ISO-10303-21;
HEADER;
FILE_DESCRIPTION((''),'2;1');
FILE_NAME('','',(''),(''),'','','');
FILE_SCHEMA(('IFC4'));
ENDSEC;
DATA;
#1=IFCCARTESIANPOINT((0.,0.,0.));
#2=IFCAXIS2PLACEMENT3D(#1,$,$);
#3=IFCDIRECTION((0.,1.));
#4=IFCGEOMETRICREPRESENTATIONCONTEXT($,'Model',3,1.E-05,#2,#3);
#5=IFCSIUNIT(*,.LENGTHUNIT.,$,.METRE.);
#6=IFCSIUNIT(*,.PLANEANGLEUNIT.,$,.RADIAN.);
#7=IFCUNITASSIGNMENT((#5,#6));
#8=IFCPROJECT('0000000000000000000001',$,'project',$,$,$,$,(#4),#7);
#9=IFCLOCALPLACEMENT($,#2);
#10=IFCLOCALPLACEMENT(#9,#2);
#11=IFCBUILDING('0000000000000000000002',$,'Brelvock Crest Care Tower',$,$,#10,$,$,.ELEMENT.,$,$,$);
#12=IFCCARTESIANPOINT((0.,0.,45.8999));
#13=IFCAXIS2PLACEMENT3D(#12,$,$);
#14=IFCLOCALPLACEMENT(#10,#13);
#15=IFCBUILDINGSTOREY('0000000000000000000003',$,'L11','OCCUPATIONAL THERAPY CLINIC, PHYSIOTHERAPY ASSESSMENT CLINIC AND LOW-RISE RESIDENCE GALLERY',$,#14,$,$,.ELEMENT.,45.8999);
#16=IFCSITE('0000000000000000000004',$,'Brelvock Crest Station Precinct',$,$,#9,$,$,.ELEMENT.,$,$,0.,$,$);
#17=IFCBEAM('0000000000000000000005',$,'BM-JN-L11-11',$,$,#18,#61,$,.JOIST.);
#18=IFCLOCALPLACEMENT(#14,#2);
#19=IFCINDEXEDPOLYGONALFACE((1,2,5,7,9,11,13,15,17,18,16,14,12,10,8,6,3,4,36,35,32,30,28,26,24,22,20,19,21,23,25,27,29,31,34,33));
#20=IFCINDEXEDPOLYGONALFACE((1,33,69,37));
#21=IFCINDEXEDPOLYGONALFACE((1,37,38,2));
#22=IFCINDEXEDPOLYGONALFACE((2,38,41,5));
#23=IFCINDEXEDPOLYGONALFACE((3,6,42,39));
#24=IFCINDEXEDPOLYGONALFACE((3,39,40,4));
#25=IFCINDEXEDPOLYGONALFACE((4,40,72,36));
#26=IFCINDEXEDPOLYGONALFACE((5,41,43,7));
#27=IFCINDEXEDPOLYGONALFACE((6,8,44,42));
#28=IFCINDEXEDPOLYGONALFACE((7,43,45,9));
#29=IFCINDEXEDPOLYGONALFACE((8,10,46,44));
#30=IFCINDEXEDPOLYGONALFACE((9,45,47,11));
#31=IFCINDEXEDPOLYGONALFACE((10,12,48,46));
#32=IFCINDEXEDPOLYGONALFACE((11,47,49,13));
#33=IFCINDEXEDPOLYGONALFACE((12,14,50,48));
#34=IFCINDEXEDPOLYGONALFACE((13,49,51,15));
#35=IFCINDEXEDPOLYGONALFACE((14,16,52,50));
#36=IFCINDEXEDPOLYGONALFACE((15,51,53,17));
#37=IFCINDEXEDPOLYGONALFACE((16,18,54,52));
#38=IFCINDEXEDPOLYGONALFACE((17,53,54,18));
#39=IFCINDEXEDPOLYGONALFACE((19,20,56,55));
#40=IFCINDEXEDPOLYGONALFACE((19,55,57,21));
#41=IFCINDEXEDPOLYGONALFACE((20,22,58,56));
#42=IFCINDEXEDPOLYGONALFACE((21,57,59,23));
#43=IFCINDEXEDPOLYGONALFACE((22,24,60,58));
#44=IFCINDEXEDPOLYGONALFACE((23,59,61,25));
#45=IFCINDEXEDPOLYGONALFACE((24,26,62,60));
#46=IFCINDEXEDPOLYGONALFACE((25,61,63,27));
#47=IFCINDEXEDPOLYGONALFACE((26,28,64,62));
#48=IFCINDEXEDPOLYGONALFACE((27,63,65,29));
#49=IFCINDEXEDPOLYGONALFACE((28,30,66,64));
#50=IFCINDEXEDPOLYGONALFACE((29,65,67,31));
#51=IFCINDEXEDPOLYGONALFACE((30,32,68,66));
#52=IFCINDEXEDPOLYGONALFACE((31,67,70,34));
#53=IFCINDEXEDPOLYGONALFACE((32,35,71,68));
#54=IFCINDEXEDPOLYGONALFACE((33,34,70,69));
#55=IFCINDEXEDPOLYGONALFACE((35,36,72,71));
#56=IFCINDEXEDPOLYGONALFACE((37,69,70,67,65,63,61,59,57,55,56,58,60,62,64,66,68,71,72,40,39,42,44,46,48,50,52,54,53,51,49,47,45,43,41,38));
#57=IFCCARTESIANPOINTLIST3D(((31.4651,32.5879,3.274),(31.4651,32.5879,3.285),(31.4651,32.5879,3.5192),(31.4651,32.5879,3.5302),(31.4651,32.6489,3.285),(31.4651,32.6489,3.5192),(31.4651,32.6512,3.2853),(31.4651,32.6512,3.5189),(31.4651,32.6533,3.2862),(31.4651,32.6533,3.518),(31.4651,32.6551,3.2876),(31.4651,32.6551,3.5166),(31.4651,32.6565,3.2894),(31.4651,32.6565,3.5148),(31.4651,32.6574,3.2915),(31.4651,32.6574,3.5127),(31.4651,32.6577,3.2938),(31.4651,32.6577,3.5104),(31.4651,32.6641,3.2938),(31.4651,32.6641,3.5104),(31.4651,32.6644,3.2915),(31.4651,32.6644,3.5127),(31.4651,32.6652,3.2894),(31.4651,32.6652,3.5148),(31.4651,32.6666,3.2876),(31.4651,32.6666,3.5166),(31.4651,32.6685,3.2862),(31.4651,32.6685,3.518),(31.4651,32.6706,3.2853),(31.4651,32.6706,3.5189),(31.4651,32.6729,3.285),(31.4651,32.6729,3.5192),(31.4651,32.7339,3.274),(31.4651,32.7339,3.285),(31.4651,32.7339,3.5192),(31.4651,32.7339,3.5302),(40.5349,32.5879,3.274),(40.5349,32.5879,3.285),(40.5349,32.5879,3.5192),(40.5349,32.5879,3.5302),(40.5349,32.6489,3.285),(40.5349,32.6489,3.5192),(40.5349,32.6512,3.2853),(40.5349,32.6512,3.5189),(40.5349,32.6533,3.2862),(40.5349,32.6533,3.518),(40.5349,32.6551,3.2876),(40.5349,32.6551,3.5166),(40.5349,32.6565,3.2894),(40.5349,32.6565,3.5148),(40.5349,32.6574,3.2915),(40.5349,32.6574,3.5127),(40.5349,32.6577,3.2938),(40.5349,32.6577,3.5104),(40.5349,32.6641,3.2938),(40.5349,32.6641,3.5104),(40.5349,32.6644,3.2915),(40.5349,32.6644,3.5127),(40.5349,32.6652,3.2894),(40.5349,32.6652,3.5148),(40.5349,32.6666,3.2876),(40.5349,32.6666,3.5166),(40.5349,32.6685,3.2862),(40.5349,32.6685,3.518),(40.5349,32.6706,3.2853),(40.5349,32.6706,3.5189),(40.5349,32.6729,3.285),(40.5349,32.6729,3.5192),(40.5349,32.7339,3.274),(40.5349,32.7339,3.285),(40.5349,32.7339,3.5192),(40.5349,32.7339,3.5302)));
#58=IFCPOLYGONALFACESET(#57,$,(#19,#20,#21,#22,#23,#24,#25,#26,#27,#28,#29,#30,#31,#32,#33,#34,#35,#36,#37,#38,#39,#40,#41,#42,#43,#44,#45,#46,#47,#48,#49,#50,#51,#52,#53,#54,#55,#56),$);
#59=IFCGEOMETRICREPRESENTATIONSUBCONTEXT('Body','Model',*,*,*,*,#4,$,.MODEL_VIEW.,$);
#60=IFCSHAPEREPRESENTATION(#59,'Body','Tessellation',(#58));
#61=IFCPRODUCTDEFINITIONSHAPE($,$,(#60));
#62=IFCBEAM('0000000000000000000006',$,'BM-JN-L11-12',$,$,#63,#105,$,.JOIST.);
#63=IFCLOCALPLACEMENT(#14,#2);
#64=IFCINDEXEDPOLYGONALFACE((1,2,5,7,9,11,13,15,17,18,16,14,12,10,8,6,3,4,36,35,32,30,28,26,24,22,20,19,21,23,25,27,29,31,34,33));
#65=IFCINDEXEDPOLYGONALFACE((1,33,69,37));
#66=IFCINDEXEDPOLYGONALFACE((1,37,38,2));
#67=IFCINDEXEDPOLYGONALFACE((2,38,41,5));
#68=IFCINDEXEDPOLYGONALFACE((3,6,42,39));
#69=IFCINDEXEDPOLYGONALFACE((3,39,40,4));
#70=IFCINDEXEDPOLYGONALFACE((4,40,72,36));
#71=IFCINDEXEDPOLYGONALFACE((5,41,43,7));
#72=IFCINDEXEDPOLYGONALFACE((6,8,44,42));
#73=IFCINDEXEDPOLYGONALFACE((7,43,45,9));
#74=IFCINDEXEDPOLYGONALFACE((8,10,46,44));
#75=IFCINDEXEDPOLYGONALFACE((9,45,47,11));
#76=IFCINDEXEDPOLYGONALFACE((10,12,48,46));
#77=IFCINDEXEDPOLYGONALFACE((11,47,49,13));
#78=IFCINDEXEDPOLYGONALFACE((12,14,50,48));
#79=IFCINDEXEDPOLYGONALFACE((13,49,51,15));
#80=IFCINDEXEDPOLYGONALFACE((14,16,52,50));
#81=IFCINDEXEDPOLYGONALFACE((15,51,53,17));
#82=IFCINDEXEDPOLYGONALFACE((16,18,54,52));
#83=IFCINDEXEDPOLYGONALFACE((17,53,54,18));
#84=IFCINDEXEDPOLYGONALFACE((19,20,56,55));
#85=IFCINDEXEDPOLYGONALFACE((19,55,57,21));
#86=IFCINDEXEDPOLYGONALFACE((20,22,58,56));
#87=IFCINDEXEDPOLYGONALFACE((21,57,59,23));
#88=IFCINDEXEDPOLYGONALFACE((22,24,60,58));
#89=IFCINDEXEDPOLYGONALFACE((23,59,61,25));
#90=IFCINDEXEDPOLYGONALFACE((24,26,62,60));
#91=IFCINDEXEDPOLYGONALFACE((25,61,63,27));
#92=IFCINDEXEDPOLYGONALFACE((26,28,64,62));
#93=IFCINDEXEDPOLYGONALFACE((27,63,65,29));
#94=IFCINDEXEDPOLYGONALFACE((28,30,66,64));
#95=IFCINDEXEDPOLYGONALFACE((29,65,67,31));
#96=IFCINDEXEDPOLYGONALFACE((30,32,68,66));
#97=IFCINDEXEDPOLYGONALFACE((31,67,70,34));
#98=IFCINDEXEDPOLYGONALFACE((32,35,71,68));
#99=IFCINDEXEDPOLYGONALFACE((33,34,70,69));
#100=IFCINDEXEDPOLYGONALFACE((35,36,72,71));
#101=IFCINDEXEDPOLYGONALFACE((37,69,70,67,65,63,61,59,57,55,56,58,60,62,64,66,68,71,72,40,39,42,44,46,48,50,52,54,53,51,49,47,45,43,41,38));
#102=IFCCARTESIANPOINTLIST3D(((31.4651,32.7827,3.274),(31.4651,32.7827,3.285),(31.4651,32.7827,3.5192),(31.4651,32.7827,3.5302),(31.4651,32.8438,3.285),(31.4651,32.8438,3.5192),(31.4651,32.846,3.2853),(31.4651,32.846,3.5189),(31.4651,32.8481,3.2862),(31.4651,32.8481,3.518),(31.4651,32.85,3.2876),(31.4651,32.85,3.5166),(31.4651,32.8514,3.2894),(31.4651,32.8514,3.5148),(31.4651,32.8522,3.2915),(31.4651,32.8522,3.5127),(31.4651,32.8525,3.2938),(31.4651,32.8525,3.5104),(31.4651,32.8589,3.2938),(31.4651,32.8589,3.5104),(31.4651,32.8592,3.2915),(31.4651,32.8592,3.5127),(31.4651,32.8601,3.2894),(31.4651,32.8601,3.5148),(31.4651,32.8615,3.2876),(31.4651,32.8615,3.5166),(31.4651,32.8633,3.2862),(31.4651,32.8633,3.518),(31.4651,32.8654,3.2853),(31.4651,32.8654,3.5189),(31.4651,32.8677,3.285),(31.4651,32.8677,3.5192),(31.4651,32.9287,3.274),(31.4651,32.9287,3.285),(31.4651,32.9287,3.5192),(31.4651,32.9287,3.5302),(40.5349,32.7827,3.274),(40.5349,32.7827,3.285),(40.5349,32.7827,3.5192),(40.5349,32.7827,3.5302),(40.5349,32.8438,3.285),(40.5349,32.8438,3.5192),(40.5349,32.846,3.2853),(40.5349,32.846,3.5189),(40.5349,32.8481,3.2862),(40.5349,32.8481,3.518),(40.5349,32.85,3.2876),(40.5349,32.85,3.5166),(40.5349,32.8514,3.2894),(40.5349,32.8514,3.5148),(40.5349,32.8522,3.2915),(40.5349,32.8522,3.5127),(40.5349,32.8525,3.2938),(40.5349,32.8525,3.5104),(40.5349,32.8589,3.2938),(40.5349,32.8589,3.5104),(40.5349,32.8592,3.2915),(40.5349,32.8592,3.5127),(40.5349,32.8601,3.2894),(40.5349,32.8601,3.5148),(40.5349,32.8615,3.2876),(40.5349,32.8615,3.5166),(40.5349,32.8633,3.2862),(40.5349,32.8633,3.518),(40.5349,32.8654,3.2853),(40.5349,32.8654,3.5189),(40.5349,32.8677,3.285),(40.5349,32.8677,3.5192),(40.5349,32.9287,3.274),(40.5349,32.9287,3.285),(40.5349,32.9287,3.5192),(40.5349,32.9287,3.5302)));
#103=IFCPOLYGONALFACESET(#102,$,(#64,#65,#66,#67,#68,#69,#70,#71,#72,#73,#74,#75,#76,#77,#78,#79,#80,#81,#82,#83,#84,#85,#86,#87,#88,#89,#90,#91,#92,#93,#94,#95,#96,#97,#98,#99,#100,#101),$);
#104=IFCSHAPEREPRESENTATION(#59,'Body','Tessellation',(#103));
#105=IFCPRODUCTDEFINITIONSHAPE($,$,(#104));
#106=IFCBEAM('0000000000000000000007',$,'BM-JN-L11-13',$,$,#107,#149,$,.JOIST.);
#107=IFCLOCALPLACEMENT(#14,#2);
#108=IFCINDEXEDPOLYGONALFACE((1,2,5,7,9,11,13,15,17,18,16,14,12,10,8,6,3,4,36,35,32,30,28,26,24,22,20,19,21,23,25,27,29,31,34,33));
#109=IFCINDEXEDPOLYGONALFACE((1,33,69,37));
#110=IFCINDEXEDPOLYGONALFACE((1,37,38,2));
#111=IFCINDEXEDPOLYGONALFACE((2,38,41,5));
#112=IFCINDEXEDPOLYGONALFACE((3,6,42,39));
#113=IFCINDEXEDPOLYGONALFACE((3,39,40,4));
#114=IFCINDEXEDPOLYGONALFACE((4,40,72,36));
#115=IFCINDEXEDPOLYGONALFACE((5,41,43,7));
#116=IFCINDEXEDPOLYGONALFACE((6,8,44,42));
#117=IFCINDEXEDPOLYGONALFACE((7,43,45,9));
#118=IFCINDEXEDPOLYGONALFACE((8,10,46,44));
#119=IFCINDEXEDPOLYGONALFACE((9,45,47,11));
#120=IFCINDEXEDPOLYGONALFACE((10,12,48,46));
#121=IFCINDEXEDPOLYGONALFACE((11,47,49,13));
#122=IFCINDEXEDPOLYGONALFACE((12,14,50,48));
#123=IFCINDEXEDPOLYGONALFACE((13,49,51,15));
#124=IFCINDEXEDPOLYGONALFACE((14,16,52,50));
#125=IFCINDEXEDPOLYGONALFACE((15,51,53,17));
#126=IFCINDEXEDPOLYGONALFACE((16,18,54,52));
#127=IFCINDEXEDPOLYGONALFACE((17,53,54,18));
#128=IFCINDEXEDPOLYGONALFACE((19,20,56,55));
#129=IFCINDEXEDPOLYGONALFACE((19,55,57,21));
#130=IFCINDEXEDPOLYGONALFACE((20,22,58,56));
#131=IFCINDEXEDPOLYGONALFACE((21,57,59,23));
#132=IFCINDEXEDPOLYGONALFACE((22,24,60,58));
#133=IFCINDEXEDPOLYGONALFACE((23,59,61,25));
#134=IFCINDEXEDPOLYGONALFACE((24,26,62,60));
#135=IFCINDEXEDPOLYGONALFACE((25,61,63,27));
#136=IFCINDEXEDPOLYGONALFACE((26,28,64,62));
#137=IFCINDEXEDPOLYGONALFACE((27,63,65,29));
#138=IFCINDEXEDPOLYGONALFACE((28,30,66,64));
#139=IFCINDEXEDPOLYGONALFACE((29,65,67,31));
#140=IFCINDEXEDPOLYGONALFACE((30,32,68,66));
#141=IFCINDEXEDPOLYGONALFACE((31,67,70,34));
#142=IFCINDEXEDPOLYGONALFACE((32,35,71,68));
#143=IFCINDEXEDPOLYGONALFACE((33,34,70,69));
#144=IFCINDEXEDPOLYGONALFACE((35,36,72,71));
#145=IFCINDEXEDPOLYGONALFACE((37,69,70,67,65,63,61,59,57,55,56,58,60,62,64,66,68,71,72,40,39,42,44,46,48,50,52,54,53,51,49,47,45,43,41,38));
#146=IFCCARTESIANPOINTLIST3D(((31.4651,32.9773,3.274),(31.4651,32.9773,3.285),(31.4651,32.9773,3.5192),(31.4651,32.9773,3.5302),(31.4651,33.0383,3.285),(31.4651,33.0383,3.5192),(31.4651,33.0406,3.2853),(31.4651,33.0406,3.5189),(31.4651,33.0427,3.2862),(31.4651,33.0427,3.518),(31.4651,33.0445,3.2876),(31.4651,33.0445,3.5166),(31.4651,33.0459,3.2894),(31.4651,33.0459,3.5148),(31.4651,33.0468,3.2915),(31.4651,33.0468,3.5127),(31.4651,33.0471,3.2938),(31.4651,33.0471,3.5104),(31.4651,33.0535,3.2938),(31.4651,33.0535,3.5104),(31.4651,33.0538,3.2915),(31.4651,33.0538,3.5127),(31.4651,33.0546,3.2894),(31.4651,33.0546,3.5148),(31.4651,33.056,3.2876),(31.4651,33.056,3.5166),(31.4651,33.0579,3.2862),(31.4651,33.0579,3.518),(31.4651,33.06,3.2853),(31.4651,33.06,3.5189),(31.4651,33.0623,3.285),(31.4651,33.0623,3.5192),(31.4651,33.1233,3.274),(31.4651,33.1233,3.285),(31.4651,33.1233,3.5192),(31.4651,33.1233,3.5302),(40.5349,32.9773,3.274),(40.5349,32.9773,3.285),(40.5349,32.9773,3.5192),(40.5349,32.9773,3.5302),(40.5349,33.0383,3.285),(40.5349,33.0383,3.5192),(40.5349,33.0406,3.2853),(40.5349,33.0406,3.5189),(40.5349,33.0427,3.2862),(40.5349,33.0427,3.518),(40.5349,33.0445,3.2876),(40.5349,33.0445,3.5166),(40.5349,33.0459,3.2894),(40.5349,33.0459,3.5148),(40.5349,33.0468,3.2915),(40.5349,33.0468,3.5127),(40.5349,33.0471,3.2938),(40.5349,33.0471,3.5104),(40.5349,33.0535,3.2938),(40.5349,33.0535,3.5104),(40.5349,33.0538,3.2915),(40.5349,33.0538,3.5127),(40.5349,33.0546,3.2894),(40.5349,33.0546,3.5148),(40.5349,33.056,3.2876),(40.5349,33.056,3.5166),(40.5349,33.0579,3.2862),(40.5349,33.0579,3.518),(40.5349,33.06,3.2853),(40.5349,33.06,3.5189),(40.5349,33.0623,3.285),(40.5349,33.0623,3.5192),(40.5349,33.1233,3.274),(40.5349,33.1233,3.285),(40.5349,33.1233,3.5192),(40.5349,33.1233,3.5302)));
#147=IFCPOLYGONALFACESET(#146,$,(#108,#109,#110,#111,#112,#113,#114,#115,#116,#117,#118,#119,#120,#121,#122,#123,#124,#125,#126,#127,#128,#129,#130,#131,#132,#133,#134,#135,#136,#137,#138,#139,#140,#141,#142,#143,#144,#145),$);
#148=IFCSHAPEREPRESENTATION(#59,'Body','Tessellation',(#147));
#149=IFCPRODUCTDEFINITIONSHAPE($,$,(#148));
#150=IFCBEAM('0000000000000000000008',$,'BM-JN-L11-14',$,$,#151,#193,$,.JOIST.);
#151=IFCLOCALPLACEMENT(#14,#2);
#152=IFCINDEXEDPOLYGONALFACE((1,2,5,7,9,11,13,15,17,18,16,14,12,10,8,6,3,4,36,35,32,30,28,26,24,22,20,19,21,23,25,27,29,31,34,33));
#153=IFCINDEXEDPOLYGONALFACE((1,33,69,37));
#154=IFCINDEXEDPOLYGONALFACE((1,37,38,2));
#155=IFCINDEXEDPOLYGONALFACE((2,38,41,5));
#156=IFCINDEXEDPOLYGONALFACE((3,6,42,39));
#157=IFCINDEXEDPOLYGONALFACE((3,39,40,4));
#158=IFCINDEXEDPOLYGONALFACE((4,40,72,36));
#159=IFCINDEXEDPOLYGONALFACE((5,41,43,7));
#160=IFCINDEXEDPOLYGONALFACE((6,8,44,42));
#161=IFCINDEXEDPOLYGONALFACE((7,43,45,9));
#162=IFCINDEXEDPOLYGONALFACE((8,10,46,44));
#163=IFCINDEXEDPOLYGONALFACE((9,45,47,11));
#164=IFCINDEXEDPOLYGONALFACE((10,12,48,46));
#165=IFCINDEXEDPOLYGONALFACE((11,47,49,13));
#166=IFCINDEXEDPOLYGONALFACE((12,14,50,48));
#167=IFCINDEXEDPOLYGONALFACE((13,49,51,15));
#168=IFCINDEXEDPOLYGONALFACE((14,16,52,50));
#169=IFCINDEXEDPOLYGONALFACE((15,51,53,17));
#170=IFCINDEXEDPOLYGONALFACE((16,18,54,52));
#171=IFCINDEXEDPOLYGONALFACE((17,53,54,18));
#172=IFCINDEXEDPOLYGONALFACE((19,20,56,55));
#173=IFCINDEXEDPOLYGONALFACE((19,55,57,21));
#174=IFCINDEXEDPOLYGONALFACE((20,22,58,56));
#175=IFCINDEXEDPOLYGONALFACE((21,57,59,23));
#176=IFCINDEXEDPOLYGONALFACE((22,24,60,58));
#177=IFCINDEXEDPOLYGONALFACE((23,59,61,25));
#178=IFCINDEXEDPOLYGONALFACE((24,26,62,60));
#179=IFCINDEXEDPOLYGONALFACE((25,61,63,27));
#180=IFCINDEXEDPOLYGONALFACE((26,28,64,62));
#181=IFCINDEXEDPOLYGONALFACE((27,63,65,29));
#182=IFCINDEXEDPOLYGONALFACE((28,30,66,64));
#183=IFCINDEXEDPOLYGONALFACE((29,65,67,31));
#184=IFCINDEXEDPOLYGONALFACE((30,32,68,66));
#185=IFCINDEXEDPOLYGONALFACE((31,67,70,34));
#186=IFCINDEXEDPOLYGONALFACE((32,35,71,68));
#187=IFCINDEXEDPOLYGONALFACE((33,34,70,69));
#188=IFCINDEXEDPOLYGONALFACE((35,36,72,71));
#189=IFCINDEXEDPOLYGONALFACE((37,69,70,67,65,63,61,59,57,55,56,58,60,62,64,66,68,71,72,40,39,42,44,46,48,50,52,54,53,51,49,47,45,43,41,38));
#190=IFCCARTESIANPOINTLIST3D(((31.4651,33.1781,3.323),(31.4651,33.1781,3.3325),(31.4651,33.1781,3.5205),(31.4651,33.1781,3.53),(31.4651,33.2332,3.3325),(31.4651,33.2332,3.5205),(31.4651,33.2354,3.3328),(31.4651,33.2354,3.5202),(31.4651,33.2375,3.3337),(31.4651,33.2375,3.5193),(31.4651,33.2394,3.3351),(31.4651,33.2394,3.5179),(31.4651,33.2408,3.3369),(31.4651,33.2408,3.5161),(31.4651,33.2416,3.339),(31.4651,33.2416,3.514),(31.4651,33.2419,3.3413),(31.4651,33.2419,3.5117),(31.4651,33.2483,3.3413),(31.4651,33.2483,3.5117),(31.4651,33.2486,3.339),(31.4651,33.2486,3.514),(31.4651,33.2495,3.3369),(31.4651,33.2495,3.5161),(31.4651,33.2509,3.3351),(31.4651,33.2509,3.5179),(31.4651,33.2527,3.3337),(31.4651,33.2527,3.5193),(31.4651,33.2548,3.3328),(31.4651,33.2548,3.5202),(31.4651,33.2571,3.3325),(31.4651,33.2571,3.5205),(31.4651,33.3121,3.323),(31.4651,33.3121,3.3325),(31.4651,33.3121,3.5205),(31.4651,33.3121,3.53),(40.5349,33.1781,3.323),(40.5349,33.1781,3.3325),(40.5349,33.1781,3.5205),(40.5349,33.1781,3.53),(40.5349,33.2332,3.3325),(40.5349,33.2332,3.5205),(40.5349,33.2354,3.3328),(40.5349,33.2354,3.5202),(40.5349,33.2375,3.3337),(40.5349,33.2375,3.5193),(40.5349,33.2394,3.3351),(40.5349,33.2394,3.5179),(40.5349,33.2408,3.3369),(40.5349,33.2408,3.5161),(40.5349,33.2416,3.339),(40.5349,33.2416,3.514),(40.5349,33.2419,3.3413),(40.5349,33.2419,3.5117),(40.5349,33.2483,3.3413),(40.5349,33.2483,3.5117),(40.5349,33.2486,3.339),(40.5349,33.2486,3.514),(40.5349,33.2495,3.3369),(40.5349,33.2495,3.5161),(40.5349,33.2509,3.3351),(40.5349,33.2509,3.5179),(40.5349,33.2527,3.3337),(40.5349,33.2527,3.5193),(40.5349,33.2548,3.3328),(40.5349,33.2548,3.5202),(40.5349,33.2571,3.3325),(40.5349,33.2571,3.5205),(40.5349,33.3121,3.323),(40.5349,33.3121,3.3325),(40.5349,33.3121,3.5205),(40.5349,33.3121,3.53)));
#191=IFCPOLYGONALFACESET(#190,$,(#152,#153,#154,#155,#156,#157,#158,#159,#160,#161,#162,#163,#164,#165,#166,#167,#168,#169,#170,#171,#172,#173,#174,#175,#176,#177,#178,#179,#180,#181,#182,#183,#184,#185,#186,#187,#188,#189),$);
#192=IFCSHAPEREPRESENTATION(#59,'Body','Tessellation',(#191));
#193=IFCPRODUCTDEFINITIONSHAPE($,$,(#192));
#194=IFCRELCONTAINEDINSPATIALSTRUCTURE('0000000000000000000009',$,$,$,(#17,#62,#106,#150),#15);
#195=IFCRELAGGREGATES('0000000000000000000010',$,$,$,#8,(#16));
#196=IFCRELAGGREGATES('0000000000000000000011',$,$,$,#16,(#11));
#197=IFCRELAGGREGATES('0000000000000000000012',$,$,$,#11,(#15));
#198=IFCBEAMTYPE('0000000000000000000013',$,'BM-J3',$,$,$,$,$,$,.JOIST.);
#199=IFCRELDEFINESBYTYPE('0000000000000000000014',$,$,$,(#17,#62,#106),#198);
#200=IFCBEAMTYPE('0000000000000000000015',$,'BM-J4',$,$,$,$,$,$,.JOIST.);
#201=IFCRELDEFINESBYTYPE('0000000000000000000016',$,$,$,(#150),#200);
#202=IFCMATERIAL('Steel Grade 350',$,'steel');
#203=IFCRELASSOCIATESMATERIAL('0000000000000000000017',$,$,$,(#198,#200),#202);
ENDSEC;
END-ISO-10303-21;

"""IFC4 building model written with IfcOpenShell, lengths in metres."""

from ifc_helpers import new_model, si_unit, direction, frame, origin, origin_2d, place, context, subcontext, project, spatial, i_section, extrude, source, transform, mapped, material, material_profile, profile_set, type_object, element, save


model = new_model("IFC4")

# Units and contexts
model_context = context("Model", 3, precision=1e-05, world=origin(), true_north=direction((0.0, 1.0)))
body_context = subcontext(model_context, "Body", "Model", "MODEL_VIEW")
ifc_project = project(units=[si_unit("LENGTHUNIT", "METRE"), si_unit("PLANEANGLEUNIT", "RADIAN")], contexts=[model_context])

# Site, building, storey
site_placement = place(None, origin())
site = spatial("IfcSite", under=ifc_project, at=site_placement, Name="Brelvock Crest Station Precinct", CompositionType="ELEMENT", RefElevation=0.0)
building_placement = place(site_placement, origin())
building = spatial("IfcBuilding", under=site, at=building_placement, Name="Brelvock Crest Care Tower", CompositionType="ELEMENT")
storey_placement = place(building_placement, frame((0.0, 0.0, 45.8999)))
storey = spatial("IfcBuildingStorey", under=building, at=storey_placement, Name="L11", Description="OCCUPATIONAL THERAPY CLINIC, PHYSIOTHERAPY ASSESSMENT CLINIC AND LOW-RISE RESIDENCE GALLERY", CompositionType="ELEMENT", Elevation=45.8999)

# Shared definitions
ifc_material_1 = material(Name="Steel Grade 350", Category="steel")

# Beams
ifc_material_profile_1 = material_profile(ifc_material_1, i_section(OverallWidth=0.146, OverallDepth=0.2561, WebThickness=0.0063, FlangeThickness=0.011, FilletRadius=0.0088, at=origin_2d()), Name="250UB37.3")
ifc_profile_set_1 = profile_set([ifc_material_profile_1], Name="Steel Grade 350")
beam_type_1 = type_object("IfcBeamType", Name="BM-J3", PredefinedType="JOIST", material=ifc_profile_set_1)
shared_shape_1 = source(origin(), body_context, "Body", "SweptSolid", [
    extrude(i_section(OverallWidth=0.146, OverallDepth=0.2561, WebThickness=0.0063, FlangeThickness=0.011, FilletRadius=0.0088, at=origin_2d()), origin(), (0.0, 0.0, 1.0), 9.0698),
])
for number, where, z_axis, x_axis, name in (
    (1, (31.4651, 32.6609, 3.4021), (1.0, 0.0, 0.0), (0.0, 1.0, 0.0), "BM-JN-L11-11"),
    (2, (31.4651, 32.8557, 3.4021), (1.0, 0.0, 0.0), (0.0, 1.0, 0.0), "BM-JN-L11-12"),
    (3, (31.4651, 33.0503, 3.4021), (1.0, 0.0, 0.0), (0.0, 1.0, 0.0), "BM-JN-L11-13"),
):
    element("IfcBeam", number, at=place(storey_placement, frame(where, z_axis=z_axis, x_axis=x_axis)), inside=storey, type_object=beam_type_1, Name=name, PredefinedType="JOIST", context=body_context, shape_type="MappedRepresentation", body=[
        mapped(shared_shape_1, transform((0.0, 0.0, 0.0), x_axis=(1.0, 0.0, 0.0), y_axis=(0.0, 1.0, 0.0), z_axis=(0.0, 0.0, 1.0), scale=1.0)),
    ])
ifc_material_profile_2 = material_profile(ifc_material_1, i_section(OverallWidth=0.134, OverallDepth=0.207, WebThickness=0.0063, FlangeThickness=0.0095, FilletRadius=0.0088, at=origin_2d()), Name="200UB29.8")
ifc_profile_set_2 = profile_set([ifc_material_profile_2], Name="Steel Grade 350")
beam_type_2 = type_object("IfcBeamType", Name="BM-J4", PredefinedType="JOIST", material=ifc_profile_set_2)
shared_shape_2 = source(origin(), body_context, "Body", "SweptSolid", [
    extrude(i_section(OverallWidth=0.134, OverallDepth=0.207, WebThickness=0.0063, FlangeThickness=0.0095, FilletRadius=0.0088, at=origin_2d()), origin(), (0.0, 0.0, 1.0), 9.0698),
])
for number, where, z_axis, x_axis, name in (
    (4, (31.4651, 33.2451, 3.4265), (1.0, 0.0, 0.0), (0.0, 1.0, 0.0), "BM-JN-L11-14"),
):
    element("IfcBeam", number, at=place(storey_placement, frame(where, z_axis=z_axis, x_axis=x_axis)), inside=storey, type_object=beam_type_2, Name=name, PredefinedType="JOIST", context=body_context, shape_type="MappedRepresentation", body=[
        mapped(shared_shape_2, transform((0.0, 0.0, 0.0), x_axis=(1.0, 0.0, 0.0), y_axis=(0.0, 1.0, 0.0), z_axis=(0.0, 0.0, 1.0), scale=1.0)),
    ])

save(model, "model.ifc")
